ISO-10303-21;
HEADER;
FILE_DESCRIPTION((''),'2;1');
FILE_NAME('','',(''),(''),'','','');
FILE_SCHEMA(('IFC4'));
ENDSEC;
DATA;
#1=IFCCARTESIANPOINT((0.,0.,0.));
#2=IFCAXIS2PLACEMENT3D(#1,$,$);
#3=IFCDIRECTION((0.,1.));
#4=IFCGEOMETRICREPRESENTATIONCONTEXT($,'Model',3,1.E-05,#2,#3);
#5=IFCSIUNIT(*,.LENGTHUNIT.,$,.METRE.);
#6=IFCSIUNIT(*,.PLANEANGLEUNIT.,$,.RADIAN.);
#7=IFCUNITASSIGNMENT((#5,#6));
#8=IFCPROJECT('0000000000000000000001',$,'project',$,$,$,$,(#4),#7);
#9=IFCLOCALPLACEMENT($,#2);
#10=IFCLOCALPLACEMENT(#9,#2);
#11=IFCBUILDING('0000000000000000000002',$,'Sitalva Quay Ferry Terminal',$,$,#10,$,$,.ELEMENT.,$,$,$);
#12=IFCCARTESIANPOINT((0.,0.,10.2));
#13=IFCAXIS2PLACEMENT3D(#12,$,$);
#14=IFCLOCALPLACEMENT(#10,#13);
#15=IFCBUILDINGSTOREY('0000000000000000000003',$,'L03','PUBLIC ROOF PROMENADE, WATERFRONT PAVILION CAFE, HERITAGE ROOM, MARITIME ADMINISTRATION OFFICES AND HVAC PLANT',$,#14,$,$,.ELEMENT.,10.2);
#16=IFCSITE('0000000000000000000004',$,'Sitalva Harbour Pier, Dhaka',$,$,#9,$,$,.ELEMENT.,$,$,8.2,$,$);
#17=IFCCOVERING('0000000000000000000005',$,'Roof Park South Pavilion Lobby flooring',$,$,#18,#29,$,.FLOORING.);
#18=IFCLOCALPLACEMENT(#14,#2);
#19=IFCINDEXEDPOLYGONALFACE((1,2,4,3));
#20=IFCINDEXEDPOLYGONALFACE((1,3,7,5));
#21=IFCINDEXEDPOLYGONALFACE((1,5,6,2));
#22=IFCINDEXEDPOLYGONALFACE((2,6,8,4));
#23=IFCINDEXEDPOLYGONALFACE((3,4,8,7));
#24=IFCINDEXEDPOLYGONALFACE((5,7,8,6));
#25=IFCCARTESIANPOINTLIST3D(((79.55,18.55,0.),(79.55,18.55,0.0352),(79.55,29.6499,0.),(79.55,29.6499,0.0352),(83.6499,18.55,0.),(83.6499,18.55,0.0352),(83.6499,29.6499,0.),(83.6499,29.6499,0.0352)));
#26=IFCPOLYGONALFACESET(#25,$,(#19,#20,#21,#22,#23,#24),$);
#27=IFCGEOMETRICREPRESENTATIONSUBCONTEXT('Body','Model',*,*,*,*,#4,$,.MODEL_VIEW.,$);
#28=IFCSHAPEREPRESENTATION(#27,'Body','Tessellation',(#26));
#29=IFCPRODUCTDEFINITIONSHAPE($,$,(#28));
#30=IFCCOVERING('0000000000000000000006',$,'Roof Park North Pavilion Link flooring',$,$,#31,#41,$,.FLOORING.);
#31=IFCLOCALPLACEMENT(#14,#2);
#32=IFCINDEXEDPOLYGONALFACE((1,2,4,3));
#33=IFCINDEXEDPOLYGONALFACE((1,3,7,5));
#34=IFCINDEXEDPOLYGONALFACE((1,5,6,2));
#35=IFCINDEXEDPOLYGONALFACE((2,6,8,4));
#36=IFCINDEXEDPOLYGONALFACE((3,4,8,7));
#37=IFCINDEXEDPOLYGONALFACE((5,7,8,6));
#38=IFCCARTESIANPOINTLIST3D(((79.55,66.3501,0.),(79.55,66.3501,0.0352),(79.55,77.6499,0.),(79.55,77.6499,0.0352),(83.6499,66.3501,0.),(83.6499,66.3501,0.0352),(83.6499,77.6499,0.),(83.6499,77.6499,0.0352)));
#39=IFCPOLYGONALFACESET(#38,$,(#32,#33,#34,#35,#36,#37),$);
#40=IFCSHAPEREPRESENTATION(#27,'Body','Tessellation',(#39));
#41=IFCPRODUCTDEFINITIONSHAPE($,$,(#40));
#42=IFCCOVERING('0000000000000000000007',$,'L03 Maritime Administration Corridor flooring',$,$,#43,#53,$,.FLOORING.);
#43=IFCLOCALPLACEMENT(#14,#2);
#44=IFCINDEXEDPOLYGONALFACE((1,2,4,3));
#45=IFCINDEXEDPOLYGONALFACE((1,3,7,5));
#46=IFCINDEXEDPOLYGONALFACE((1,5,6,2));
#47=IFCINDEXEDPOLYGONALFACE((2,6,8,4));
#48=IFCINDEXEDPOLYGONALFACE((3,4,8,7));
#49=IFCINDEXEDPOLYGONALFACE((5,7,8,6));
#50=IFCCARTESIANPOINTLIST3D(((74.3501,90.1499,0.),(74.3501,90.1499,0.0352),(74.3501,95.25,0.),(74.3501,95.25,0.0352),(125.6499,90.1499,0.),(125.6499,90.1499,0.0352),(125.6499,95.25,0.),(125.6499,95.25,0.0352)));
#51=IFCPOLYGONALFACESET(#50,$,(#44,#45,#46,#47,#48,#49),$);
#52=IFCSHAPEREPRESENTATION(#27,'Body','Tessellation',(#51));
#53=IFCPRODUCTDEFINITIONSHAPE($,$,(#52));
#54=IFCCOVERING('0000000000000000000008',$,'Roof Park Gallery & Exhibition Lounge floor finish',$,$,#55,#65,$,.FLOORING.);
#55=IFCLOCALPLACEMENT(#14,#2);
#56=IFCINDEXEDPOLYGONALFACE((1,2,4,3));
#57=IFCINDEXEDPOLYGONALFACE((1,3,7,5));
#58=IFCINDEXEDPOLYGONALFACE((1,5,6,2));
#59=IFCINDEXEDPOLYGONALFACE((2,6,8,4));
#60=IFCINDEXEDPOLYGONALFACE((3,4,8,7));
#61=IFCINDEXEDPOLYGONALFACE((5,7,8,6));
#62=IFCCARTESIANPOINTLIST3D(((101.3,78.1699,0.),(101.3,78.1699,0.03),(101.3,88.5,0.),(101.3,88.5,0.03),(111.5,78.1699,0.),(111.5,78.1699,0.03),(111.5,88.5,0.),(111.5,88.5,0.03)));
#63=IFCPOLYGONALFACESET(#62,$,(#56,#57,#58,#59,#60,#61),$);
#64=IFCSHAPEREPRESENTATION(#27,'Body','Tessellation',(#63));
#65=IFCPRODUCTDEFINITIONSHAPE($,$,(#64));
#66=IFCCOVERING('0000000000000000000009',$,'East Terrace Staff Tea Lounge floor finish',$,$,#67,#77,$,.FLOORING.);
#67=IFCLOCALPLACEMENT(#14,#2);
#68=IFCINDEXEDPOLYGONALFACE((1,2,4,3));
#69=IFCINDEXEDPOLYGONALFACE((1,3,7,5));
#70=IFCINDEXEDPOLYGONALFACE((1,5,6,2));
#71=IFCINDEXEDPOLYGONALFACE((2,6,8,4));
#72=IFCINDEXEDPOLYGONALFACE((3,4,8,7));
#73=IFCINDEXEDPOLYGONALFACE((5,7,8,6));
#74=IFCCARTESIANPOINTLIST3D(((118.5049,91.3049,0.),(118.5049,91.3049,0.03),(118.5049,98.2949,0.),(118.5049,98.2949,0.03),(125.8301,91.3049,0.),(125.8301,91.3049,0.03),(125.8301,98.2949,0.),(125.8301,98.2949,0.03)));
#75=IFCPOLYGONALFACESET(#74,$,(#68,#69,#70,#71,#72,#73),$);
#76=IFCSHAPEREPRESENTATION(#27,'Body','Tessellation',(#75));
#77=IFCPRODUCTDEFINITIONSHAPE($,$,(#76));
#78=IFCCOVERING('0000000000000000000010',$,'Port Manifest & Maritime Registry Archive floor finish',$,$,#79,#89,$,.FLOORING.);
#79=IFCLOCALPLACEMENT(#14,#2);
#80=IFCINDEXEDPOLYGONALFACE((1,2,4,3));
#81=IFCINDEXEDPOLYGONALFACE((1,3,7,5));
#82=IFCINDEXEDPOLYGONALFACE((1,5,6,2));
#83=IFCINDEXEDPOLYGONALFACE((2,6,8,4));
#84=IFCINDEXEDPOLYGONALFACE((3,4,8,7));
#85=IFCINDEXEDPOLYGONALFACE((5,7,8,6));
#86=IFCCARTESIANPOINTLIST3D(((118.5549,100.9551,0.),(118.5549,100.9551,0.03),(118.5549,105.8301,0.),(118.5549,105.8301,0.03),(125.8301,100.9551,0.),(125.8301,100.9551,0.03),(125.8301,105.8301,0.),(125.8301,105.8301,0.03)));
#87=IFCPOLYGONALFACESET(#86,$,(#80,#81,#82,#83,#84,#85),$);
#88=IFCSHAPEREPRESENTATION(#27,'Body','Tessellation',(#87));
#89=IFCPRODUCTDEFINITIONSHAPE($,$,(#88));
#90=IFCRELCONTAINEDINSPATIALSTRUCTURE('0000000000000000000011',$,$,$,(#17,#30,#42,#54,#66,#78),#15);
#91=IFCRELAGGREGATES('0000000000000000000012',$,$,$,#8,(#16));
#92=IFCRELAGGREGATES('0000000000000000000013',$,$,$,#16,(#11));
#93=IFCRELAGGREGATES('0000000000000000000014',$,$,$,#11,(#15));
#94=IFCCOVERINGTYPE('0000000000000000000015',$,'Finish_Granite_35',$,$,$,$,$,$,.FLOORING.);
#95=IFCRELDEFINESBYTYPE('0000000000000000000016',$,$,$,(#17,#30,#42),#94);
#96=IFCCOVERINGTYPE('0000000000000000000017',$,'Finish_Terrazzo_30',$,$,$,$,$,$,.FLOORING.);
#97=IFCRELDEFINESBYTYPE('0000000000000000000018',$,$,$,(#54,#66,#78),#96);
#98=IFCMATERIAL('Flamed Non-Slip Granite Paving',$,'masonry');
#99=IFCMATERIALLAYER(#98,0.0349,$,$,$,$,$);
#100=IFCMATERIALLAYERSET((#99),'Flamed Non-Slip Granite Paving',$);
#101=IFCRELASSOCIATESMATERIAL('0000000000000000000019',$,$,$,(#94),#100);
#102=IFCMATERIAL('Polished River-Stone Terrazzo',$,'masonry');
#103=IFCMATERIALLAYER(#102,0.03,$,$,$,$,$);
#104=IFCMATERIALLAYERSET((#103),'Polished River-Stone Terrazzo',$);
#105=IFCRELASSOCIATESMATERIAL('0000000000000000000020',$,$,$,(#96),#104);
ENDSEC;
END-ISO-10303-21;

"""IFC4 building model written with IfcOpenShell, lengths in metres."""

from ifc_helpers import new_model, si_unit, direction, frame, origin, place, context, subcontext, project, spatial, polyline, outline, extrude, material, layer, layer_set, type_object, element, save


model = new_model("IFC4")

# Units and contexts
model_context = context("Model", 3, precision=1e-05, world=origin(), true_north=direction((0.0, 1.0)))
body_context = subcontext(model_context, "Body", "Model", "MODEL_VIEW")
ifc_project = project(units=[si_unit("LENGTHUNIT", "METRE"), si_unit("PLANEANGLEUNIT", "RADIAN")], contexts=[model_context])

# Site, building, storey
site_placement = place(None, origin())
site = spatial("IfcSite", under=ifc_project, at=site_placement, Name="Sitalva Harbour Pier, Dhaka", CompositionType="ELEMENT", RefElevation=8.2)
building_placement = place(site_placement, origin())
building = spatial("IfcBuilding", under=site, at=building_placement, Name="Sitalva Quay Ferry Terminal", CompositionType="ELEMENT")
storey_placement = place(building_placement, frame((0.0, 0.0, 10.2)))
storey = spatial("IfcBuildingStorey", under=building, at=storey_placement, Name="L03", Description="PUBLIC ROOF PROMENADE, WATERFRONT PAVILION CAFE, HERITAGE ROOM, MARITIME ADMINISTRATION OFFICES AND HVAC PLANT", CompositionType="ELEMENT", Elevation=10.2)

# Coverings
ifc_material_1 = material(Name="Flamed Non-Slip Granite Paving", Category="masonry")
ifc_layer_1 = layer(ifc_material_1, 0.0349)
ifc_layer_set_1 = layer_set([ifc_layer_1], Name="Flamed Non-Slip Granite Paving")
covering_type_1 = type_object("IfcCoveringType", Name="Finish_Granite_35", PredefinedType="FLOORING", material=ifc_layer_set_1)
covering_1_placement = place(storey_placement, origin())
element("IfcCovering", 1, at=covering_1_placement, inside=storey, type_object=covering_type_1, Name="Roof Park South Pavilion Lobby flooring", PredefinedType="FLOORING", context=body_context, shape_type="SweptSolid", body=[
    extrude(outline(polyline([(79.55, 18.55), (83.6499, 18.55), (83.6499, 29.6499), (79.55, 29.6499), (79.55, 18.55)])), origin(), (0.0, 0.0, 1.0), 0.0352),
])
covering_2_placement = place(storey_placement, origin())
element("IfcCovering", 2, at=covering_2_placement, inside=storey, type_object=covering_type_1, Name="Roof Park North Pavilion Link flooring", PredefinedType="FLOORING", context=body_context, shape_type="SweptSolid", body=[
    extrude(outline(polyline([(79.55, 66.3501), (83.6499, 66.3501), (83.6499, 77.6499), (79.55, 77.6499), (79.55, 66.3501)])), origin(), (0.0, 0.0, 1.0), 0.0352),
])
covering_3_placement = place(storey_placement, origin())
element("IfcCovering", 3, at=covering_3_placement, inside=storey, type_object=covering_type_1, Name="L03 Maritime Administration Corridor flooring", PredefinedType="FLOORING", context=body_context, shape_type="SweptSolid", body=[
    extrude(outline(polyline([(74.3501, 90.1499), (125.6499, 90.1499), (125.6499, 95.25), (74.3501, 95.25), (74.3501, 90.1499)])), origin(), (0.0, 0.0, 1.0), 0.0352),
])
ifc_material_2 = material(Name="Polished River-Stone Terrazzo", Category="masonry")
ifc_layer_2 = layer(ifc_material_2, 0.03)
ifc_layer_set_2 = layer_set([ifc_layer_2], Name="Polished River-Stone Terrazzo")
covering_type_2 = type_object("IfcCoveringType", Name="Finish_Terrazzo_30", PredefinedType="FLOORING", material=ifc_layer_set_2)
covering_4_placement = place(storey_placement, origin())
element("IfcCovering", 4, at=covering_4_placement, inside=storey, type_object=covering_type_2, Name="Roof Park Gallery & Exhibition Lounge floor finish", PredefinedType="FLOORING", context=body_context, shape_type="SweptSolid", body=[
    extrude(outline(polyline([(101.3, 78.1699), (111.5, 78.1699), (111.5, 88.5), (101.3, 88.5), (101.3, 78.1699)])), origin(), (0.0, 0.0, 1.0), 0.03),
])
covering_5_placement = place(storey_placement, origin())
element("IfcCovering", 5, at=covering_5_placement, inside=storey, type_object=covering_type_2, Name="East Terrace Staff Tea Lounge floor finish", PredefinedType="FLOORING", context=body_context, shape_type="SweptSolid", body=[
    extrude(outline(polyline([(118.5049, 91.3049), (125.8301, 91.3049), (125.8301, 98.2949), (118.5049, 98.2949), (118.5049, 91.3049)])), origin(), (0.0, 0.0, 1.0), 0.03),
])
covering_6_placement = place(storey_placement, origin())
element("IfcCovering", 6, at=covering_6_placement, inside=storey, type_object=covering_type_2, Name="Port Manifest & Maritime Registry Archive floor finish", PredefinedType="FLOORING", context=body_context, shape_type="SweptSolid", body=[
    extrude(outline(polyline([(118.5549, 100.9551), (125.8301, 100.9551), (125.8301, 105.8301), (118.5549, 105.8301), (118.5549, 100.9551)])), origin(), (0.0, 0.0, 1.0), 0.03),
])

save(model, "model.ifc")
